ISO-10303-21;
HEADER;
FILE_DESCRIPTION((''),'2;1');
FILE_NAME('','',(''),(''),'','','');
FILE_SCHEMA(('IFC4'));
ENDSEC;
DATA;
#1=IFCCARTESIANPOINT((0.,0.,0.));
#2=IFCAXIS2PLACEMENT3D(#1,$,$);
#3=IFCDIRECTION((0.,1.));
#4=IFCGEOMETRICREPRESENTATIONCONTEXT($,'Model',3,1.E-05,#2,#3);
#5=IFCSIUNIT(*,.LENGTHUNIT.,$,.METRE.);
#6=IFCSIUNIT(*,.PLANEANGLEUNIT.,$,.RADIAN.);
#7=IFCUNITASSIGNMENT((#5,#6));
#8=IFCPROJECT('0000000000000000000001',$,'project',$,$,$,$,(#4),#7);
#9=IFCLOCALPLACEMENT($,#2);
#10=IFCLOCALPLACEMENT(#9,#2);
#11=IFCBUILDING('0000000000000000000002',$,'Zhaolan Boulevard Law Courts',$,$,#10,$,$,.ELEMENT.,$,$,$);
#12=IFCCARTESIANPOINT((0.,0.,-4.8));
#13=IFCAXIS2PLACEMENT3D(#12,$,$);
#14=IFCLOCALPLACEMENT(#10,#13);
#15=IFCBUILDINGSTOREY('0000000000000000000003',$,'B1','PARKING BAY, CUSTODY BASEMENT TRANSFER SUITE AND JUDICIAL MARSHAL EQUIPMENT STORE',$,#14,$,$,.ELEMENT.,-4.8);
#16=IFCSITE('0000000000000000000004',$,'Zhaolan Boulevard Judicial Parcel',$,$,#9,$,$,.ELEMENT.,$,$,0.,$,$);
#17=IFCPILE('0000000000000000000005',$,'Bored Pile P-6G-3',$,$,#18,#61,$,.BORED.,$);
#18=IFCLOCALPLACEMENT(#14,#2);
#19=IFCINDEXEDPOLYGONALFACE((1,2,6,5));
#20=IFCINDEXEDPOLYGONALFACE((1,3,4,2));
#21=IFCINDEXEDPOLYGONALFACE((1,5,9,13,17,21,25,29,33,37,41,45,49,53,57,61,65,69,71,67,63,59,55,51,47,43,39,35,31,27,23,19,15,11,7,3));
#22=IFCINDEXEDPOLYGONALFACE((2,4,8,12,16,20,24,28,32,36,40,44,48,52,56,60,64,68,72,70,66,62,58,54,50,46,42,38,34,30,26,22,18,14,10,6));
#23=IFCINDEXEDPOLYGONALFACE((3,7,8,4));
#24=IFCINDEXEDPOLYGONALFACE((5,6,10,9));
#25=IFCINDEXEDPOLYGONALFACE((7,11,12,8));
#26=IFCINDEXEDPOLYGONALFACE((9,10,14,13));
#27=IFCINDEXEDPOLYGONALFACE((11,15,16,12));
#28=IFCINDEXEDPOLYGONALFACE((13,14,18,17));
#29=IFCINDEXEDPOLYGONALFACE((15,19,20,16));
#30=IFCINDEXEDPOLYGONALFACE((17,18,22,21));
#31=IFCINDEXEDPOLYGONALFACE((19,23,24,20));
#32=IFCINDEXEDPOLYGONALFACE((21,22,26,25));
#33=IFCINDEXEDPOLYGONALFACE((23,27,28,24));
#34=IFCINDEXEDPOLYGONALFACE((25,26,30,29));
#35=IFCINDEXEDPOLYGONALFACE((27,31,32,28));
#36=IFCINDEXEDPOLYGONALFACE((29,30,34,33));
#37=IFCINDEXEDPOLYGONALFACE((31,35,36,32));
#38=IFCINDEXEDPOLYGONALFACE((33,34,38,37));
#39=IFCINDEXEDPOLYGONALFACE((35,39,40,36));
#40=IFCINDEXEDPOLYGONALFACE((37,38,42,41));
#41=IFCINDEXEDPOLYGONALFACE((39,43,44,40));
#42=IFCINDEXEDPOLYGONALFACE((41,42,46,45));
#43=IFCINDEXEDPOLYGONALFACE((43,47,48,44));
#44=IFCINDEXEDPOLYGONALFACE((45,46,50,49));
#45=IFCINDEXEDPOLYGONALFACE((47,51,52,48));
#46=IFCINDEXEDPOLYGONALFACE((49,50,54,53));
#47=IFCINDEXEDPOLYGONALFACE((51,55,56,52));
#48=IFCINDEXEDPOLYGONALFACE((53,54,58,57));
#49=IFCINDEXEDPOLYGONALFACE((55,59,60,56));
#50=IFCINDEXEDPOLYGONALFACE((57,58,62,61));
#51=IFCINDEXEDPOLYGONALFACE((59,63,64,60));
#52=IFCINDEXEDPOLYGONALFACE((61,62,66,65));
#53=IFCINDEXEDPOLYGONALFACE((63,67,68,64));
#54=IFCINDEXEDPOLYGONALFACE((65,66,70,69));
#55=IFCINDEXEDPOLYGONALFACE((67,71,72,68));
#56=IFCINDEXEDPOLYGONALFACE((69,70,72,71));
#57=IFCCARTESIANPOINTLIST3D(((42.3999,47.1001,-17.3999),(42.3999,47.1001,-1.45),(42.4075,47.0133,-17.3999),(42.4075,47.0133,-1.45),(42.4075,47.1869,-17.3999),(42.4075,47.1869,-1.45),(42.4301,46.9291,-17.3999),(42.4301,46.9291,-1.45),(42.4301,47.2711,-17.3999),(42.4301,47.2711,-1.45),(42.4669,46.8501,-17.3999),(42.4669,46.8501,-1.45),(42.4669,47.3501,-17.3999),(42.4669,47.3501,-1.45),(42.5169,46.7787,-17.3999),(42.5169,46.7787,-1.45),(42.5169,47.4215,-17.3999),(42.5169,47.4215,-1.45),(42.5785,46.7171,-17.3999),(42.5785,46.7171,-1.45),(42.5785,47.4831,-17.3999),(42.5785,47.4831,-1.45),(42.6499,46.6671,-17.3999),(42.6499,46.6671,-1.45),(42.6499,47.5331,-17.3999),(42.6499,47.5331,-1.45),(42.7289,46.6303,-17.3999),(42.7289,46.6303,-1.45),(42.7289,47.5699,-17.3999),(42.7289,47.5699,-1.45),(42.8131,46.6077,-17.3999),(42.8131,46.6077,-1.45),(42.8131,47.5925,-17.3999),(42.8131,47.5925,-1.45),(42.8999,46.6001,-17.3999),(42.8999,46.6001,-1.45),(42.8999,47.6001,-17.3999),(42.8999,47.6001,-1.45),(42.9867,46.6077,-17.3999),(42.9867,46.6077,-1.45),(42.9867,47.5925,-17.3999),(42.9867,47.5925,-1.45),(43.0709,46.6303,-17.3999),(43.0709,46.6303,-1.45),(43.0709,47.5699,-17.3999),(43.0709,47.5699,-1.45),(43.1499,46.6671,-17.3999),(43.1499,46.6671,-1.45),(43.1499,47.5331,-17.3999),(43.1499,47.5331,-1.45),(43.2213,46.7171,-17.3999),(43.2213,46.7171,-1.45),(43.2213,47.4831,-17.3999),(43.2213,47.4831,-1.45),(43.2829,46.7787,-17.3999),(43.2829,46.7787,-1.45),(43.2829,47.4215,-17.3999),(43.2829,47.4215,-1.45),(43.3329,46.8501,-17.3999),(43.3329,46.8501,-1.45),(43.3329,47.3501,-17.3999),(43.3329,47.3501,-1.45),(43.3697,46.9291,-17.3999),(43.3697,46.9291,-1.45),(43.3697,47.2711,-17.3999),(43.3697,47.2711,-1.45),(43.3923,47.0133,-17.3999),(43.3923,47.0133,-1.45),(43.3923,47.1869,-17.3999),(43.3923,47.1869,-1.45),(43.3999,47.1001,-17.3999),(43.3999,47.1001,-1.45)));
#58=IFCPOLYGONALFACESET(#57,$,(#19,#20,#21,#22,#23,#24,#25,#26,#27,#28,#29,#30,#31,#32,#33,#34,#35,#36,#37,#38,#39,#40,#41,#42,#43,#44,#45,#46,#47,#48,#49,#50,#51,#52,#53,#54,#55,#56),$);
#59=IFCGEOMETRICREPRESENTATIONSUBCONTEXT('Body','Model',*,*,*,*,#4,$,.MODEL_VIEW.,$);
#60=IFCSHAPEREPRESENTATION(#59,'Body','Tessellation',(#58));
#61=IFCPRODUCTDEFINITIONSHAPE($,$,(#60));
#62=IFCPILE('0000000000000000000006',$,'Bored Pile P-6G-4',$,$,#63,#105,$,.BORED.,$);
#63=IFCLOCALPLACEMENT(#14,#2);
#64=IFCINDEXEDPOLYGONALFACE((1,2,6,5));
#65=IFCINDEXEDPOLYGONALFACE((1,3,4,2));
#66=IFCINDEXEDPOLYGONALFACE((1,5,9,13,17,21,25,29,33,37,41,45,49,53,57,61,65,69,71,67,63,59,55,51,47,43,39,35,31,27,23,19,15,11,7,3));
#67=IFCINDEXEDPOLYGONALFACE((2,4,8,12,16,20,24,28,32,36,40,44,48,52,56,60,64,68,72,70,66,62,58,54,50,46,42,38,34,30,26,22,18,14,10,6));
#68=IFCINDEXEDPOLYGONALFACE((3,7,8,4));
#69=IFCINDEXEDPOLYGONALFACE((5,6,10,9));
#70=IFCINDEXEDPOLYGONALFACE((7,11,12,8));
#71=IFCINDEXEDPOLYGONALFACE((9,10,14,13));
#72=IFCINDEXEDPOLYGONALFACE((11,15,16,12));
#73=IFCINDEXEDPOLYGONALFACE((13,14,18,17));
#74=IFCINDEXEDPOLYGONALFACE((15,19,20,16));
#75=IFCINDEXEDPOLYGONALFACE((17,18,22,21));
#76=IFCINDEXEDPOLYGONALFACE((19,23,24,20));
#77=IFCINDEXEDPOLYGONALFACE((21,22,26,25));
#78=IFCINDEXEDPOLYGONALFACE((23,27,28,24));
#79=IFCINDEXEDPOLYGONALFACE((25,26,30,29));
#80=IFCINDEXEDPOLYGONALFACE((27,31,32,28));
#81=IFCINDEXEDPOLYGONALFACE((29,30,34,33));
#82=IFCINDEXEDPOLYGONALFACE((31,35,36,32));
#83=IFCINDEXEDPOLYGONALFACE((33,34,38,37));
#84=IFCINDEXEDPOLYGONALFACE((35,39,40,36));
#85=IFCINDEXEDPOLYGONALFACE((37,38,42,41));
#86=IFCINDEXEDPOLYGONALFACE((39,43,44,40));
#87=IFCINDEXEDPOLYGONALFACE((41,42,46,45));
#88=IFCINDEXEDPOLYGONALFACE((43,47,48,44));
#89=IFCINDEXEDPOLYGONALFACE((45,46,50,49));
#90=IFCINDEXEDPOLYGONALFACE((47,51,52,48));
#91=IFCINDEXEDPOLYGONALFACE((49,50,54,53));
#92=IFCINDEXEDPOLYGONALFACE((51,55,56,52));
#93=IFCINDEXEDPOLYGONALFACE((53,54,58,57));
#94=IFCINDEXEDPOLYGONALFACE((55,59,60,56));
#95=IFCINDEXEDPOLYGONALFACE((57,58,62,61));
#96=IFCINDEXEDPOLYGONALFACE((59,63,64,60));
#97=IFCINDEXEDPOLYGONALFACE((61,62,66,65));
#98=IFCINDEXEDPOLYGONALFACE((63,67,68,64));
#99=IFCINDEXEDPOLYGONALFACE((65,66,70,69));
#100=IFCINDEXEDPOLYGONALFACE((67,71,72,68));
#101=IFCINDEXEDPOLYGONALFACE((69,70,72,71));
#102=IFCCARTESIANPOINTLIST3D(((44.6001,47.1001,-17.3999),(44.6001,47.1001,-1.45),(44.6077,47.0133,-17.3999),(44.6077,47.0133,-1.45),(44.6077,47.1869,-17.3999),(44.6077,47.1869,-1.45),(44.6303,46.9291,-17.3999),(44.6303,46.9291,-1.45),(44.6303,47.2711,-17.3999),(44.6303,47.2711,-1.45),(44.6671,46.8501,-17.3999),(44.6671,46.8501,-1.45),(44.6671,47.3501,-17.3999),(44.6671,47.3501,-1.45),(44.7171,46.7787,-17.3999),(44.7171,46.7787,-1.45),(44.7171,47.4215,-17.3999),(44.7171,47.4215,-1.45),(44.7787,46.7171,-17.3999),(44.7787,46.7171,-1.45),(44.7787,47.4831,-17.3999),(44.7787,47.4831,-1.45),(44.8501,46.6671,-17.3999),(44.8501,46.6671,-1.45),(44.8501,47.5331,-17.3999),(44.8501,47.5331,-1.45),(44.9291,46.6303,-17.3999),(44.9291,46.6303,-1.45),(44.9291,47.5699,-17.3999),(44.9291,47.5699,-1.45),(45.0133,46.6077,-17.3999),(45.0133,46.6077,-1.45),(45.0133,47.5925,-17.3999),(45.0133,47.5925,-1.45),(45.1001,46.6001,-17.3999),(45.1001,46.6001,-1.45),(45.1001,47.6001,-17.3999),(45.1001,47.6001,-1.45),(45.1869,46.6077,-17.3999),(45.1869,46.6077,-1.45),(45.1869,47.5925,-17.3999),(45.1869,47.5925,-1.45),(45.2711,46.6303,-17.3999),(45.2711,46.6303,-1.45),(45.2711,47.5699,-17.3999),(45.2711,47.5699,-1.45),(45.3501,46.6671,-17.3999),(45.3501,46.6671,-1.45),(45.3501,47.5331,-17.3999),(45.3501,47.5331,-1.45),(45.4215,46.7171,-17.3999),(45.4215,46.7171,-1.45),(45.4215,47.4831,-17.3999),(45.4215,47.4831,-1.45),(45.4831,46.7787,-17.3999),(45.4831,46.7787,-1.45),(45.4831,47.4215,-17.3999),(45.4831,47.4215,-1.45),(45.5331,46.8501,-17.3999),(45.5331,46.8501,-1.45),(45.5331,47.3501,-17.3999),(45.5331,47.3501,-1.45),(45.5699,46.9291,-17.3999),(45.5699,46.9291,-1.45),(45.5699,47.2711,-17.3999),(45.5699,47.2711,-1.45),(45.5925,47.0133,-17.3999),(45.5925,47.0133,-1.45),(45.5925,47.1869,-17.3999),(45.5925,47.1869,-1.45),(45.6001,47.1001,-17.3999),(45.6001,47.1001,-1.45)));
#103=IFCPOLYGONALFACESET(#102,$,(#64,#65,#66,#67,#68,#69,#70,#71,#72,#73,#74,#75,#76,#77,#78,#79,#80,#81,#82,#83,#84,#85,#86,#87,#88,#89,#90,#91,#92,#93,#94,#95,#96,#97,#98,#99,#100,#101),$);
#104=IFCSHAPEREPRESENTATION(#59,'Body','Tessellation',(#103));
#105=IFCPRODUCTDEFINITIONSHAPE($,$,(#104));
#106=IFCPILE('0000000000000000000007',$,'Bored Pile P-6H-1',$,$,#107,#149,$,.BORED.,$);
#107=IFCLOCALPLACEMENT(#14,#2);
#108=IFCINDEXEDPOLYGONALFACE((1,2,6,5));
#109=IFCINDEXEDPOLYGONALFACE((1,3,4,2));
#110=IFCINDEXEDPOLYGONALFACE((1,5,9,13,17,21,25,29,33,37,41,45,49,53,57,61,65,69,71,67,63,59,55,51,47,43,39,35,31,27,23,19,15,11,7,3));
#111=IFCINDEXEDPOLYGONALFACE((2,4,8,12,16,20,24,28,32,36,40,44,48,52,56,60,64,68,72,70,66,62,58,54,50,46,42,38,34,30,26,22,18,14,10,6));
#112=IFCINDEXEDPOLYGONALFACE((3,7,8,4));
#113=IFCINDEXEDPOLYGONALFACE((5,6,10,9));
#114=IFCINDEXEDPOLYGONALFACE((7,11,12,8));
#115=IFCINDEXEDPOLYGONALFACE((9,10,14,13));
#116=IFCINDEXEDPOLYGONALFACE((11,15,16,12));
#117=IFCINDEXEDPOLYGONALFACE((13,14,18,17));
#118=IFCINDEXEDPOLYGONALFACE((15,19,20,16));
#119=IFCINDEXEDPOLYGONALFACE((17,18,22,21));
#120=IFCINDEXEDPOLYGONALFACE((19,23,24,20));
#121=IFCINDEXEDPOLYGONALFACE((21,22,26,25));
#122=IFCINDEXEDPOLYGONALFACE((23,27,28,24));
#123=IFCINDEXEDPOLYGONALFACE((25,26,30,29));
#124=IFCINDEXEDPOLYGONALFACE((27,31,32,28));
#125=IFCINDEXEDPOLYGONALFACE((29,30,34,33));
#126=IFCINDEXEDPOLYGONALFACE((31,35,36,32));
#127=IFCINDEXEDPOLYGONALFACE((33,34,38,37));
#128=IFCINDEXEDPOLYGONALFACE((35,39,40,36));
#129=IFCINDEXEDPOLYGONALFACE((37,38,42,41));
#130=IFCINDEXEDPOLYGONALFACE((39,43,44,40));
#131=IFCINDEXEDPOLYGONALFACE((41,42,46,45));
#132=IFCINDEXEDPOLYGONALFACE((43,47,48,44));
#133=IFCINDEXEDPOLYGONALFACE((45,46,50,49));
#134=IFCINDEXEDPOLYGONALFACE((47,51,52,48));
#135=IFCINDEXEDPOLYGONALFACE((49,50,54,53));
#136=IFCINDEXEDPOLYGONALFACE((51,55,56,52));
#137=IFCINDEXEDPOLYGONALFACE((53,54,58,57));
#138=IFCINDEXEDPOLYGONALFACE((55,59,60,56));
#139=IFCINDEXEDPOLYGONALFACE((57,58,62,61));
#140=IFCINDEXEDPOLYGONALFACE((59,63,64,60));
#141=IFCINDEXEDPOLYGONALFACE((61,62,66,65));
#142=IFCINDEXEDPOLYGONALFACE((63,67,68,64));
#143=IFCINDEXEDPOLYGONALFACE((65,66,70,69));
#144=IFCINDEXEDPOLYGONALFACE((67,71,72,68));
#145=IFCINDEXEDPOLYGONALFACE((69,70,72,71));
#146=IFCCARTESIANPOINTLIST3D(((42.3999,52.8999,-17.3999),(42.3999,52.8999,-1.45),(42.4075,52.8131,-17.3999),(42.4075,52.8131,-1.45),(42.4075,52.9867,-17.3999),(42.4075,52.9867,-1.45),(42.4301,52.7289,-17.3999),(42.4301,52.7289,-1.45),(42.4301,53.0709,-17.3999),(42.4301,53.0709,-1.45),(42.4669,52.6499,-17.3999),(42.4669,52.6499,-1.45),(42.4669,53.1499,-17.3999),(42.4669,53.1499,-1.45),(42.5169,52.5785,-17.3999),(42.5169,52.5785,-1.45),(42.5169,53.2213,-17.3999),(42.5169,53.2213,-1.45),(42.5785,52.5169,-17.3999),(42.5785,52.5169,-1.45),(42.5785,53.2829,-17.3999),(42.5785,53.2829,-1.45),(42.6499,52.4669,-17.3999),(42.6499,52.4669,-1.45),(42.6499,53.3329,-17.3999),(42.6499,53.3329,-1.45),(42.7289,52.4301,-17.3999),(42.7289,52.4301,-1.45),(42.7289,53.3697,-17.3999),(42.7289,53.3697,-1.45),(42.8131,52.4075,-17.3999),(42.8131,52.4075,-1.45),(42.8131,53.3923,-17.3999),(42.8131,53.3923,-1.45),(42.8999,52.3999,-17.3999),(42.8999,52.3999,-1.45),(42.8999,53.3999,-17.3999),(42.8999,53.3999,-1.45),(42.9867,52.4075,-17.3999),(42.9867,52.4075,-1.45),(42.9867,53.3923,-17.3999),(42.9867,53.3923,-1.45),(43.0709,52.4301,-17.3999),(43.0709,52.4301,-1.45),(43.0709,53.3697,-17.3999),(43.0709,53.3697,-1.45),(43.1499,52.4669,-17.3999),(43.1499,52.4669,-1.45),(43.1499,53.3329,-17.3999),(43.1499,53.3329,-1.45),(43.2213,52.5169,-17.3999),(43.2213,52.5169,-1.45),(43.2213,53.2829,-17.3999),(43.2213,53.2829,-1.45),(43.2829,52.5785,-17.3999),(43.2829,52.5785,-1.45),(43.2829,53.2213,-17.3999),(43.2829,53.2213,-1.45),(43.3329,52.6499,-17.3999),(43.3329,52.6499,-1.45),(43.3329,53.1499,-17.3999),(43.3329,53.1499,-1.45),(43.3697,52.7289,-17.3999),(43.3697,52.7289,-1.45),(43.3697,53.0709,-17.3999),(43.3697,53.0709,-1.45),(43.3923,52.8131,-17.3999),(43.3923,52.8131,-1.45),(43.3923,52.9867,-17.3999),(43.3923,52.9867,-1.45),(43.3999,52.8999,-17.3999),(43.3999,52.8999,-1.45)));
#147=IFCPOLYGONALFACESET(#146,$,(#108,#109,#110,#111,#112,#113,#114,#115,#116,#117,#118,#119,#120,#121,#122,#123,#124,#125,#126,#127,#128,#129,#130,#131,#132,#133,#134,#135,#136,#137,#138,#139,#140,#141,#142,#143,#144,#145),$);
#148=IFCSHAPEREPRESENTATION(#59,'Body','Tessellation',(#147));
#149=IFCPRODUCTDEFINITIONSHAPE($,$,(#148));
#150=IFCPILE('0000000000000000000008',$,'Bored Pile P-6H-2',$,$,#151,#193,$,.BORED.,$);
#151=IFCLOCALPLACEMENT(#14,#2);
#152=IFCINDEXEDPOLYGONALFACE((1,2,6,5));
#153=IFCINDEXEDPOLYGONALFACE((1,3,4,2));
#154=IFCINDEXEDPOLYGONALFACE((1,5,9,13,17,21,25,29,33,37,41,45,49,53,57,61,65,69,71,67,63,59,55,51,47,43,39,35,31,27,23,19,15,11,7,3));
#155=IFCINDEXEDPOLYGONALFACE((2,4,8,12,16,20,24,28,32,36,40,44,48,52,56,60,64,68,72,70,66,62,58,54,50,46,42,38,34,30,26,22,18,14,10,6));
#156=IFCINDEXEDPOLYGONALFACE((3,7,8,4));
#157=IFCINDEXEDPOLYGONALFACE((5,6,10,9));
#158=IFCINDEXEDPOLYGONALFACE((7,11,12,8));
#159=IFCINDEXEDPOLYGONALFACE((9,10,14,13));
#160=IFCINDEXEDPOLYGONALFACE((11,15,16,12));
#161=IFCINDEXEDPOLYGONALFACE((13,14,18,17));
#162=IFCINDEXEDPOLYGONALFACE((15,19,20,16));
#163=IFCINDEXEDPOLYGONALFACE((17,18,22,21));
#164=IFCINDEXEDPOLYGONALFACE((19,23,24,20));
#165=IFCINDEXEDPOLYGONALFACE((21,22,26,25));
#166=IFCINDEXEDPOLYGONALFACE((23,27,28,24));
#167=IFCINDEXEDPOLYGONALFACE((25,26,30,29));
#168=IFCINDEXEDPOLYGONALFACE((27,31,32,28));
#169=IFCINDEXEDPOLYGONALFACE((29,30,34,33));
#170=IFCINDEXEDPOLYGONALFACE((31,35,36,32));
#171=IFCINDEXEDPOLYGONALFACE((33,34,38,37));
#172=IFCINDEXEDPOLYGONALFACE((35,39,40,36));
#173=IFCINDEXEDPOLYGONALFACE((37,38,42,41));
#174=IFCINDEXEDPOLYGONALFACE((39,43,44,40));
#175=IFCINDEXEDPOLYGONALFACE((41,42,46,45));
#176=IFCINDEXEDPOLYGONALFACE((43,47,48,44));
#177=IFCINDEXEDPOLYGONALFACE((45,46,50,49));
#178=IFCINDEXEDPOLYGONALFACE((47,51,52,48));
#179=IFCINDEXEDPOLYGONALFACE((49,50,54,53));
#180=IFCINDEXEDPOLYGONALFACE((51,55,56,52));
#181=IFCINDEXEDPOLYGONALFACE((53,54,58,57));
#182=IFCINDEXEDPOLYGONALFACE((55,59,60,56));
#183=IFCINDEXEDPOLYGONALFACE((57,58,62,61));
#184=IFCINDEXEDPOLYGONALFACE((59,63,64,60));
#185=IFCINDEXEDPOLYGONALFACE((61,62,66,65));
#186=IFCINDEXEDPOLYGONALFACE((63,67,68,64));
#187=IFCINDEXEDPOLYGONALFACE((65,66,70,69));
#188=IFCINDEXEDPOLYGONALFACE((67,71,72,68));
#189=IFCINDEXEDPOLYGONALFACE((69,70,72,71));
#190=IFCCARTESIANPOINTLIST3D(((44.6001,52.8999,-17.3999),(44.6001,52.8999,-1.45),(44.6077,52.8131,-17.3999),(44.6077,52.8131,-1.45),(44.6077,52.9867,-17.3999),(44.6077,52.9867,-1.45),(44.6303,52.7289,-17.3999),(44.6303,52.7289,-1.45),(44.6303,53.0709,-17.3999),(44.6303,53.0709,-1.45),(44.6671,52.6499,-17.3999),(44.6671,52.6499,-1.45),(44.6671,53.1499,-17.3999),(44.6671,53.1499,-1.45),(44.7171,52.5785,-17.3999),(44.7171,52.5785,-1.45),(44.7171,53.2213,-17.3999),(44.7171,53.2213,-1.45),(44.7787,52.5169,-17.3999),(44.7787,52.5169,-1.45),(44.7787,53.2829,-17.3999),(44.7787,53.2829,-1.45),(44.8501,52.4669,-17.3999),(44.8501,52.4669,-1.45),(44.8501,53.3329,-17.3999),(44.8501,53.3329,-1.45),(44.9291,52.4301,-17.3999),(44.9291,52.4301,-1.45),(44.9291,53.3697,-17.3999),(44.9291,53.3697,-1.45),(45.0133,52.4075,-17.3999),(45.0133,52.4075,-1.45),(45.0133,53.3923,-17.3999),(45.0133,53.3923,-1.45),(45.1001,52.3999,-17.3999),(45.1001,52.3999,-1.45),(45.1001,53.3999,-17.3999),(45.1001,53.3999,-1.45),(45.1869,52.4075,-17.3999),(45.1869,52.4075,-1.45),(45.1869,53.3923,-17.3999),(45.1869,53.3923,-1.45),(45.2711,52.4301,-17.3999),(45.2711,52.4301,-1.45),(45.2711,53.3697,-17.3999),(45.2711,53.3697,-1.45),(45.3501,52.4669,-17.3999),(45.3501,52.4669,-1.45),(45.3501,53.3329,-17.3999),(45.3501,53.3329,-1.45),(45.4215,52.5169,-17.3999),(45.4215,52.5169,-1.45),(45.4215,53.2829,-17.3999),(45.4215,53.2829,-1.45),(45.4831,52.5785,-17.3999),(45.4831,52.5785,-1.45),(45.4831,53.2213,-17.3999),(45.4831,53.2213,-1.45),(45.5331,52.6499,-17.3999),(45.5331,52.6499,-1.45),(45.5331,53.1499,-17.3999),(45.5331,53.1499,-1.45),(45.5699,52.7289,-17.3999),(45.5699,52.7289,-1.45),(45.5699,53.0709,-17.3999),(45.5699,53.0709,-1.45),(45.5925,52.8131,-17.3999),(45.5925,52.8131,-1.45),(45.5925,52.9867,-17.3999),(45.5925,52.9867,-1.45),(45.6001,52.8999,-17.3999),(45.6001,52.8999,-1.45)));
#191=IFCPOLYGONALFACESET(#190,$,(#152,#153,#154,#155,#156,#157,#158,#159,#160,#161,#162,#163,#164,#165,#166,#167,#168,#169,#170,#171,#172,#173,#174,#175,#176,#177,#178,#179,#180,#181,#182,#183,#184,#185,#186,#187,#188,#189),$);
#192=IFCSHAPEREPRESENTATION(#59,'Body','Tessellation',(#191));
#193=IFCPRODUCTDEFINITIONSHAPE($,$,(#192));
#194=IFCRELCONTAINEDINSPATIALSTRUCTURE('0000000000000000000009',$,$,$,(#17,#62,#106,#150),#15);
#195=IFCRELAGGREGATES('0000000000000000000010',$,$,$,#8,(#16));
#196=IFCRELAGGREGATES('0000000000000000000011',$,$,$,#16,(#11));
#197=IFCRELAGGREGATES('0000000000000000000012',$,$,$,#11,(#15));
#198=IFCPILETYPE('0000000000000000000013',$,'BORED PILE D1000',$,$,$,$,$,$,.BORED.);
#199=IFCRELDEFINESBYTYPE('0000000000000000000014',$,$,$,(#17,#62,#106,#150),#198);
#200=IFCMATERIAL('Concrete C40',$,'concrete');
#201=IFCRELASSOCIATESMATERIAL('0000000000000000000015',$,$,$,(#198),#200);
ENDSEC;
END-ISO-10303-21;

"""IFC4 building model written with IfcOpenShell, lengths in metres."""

from ifc_helpers import new_model, si_unit, direction, frame, origin, origin_2d, place, context, subcontext, project, spatial, circle, extrude, material, material_profile, profile_set, type_object, element, save


model = new_model("IFC4")

# Units and contexts
model_context = context("Model", 3, precision=1e-05, world=origin(), true_north=direction((0.0, 1.0)))
body_context = subcontext(model_context, "Body", "Model", "MODEL_VIEW")
ifc_project = project(units=[si_unit("LENGTHUNIT", "METRE"), si_unit("PLANEANGLEUNIT", "RADIAN")], contexts=[model_context])

# Site, building, storey
site_placement = place(None, origin())
site = spatial("IfcSite", under=ifc_project, at=site_placement, Name="Zhaolan Boulevard Judicial Parcel", CompositionType="ELEMENT", RefElevation=0.0)
building_placement = place(site_placement, origin())
building = spatial("IfcBuilding", under=site, at=building_placement, Name="Zhaolan Boulevard Law Courts", CompositionType="ELEMENT")
storey_placement = place(building_placement, frame((0.0, 0.0, -4.8)))
storey = spatial("IfcBuildingStorey", under=building, at=storey_placement, Name="B1", Description="PARKING BAY, CUSTODY BASEMENT TRANSFER SUITE AND JUDICIAL MARSHAL EQUIPMENT STORE", CompositionType="ELEMENT", Elevation=-4.8)

# Piles
ifc_material_1 = material(Name="Concrete C40", Category="concrete")
ifc_material_profile_1 = material_profile(ifc_material_1, circle(Radius=0.5, at=origin_2d()), Name="PILE-D1000")
ifc_profile_set_1 = profile_set([ifc_material_profile_1], Name="Concrete C40")
pile_type_1 = type_object("IfcPileType", Name="BORED PILE D1000", PredefinedType="BORED", material=ifc_profile_set_1)
for number, where, z_axis, x_axis, name in (
    (1, (42.8999, 47.1001, -1.45), (0.0, 0.0, -1.0), (1.0, 0.0, 0.0), "Bored Pile P-6G-3"),
    (2, (45.1001, 47.1001, -1.45), (0.0, 0.0, -1.0), (1.0, 0.0, 0.0), "Bored Pile P-6G-4"),
    (3, (42.8999, 52.8999, -1.45), (0.0, 0.0, -1.0), (1.0, 0.0, 0.0), "Bored Pile P-6H-1"),
    (4, (45.1001, 52.8999, -1.45), (0.0, 0.0, -1.0), (1.0, 0.0, 0.0), "Bored Pile P-6H-2"),
):
    element("IfcPile", number, at=place(storey_placement, frame(where, z_axis=z_axis, x_axis=x_axis)), inside=storey, type_object=pile_type_1, Name=name, PredefinedType="BORED", context=body_context, shape_type="SweptSolid", body=[
        extrude(circle(Radius=0.5, at=origin_2d()), origin(), (0.0, 0.0, 1.0), 15.95),
    ])

save(model, "model.ifc")
